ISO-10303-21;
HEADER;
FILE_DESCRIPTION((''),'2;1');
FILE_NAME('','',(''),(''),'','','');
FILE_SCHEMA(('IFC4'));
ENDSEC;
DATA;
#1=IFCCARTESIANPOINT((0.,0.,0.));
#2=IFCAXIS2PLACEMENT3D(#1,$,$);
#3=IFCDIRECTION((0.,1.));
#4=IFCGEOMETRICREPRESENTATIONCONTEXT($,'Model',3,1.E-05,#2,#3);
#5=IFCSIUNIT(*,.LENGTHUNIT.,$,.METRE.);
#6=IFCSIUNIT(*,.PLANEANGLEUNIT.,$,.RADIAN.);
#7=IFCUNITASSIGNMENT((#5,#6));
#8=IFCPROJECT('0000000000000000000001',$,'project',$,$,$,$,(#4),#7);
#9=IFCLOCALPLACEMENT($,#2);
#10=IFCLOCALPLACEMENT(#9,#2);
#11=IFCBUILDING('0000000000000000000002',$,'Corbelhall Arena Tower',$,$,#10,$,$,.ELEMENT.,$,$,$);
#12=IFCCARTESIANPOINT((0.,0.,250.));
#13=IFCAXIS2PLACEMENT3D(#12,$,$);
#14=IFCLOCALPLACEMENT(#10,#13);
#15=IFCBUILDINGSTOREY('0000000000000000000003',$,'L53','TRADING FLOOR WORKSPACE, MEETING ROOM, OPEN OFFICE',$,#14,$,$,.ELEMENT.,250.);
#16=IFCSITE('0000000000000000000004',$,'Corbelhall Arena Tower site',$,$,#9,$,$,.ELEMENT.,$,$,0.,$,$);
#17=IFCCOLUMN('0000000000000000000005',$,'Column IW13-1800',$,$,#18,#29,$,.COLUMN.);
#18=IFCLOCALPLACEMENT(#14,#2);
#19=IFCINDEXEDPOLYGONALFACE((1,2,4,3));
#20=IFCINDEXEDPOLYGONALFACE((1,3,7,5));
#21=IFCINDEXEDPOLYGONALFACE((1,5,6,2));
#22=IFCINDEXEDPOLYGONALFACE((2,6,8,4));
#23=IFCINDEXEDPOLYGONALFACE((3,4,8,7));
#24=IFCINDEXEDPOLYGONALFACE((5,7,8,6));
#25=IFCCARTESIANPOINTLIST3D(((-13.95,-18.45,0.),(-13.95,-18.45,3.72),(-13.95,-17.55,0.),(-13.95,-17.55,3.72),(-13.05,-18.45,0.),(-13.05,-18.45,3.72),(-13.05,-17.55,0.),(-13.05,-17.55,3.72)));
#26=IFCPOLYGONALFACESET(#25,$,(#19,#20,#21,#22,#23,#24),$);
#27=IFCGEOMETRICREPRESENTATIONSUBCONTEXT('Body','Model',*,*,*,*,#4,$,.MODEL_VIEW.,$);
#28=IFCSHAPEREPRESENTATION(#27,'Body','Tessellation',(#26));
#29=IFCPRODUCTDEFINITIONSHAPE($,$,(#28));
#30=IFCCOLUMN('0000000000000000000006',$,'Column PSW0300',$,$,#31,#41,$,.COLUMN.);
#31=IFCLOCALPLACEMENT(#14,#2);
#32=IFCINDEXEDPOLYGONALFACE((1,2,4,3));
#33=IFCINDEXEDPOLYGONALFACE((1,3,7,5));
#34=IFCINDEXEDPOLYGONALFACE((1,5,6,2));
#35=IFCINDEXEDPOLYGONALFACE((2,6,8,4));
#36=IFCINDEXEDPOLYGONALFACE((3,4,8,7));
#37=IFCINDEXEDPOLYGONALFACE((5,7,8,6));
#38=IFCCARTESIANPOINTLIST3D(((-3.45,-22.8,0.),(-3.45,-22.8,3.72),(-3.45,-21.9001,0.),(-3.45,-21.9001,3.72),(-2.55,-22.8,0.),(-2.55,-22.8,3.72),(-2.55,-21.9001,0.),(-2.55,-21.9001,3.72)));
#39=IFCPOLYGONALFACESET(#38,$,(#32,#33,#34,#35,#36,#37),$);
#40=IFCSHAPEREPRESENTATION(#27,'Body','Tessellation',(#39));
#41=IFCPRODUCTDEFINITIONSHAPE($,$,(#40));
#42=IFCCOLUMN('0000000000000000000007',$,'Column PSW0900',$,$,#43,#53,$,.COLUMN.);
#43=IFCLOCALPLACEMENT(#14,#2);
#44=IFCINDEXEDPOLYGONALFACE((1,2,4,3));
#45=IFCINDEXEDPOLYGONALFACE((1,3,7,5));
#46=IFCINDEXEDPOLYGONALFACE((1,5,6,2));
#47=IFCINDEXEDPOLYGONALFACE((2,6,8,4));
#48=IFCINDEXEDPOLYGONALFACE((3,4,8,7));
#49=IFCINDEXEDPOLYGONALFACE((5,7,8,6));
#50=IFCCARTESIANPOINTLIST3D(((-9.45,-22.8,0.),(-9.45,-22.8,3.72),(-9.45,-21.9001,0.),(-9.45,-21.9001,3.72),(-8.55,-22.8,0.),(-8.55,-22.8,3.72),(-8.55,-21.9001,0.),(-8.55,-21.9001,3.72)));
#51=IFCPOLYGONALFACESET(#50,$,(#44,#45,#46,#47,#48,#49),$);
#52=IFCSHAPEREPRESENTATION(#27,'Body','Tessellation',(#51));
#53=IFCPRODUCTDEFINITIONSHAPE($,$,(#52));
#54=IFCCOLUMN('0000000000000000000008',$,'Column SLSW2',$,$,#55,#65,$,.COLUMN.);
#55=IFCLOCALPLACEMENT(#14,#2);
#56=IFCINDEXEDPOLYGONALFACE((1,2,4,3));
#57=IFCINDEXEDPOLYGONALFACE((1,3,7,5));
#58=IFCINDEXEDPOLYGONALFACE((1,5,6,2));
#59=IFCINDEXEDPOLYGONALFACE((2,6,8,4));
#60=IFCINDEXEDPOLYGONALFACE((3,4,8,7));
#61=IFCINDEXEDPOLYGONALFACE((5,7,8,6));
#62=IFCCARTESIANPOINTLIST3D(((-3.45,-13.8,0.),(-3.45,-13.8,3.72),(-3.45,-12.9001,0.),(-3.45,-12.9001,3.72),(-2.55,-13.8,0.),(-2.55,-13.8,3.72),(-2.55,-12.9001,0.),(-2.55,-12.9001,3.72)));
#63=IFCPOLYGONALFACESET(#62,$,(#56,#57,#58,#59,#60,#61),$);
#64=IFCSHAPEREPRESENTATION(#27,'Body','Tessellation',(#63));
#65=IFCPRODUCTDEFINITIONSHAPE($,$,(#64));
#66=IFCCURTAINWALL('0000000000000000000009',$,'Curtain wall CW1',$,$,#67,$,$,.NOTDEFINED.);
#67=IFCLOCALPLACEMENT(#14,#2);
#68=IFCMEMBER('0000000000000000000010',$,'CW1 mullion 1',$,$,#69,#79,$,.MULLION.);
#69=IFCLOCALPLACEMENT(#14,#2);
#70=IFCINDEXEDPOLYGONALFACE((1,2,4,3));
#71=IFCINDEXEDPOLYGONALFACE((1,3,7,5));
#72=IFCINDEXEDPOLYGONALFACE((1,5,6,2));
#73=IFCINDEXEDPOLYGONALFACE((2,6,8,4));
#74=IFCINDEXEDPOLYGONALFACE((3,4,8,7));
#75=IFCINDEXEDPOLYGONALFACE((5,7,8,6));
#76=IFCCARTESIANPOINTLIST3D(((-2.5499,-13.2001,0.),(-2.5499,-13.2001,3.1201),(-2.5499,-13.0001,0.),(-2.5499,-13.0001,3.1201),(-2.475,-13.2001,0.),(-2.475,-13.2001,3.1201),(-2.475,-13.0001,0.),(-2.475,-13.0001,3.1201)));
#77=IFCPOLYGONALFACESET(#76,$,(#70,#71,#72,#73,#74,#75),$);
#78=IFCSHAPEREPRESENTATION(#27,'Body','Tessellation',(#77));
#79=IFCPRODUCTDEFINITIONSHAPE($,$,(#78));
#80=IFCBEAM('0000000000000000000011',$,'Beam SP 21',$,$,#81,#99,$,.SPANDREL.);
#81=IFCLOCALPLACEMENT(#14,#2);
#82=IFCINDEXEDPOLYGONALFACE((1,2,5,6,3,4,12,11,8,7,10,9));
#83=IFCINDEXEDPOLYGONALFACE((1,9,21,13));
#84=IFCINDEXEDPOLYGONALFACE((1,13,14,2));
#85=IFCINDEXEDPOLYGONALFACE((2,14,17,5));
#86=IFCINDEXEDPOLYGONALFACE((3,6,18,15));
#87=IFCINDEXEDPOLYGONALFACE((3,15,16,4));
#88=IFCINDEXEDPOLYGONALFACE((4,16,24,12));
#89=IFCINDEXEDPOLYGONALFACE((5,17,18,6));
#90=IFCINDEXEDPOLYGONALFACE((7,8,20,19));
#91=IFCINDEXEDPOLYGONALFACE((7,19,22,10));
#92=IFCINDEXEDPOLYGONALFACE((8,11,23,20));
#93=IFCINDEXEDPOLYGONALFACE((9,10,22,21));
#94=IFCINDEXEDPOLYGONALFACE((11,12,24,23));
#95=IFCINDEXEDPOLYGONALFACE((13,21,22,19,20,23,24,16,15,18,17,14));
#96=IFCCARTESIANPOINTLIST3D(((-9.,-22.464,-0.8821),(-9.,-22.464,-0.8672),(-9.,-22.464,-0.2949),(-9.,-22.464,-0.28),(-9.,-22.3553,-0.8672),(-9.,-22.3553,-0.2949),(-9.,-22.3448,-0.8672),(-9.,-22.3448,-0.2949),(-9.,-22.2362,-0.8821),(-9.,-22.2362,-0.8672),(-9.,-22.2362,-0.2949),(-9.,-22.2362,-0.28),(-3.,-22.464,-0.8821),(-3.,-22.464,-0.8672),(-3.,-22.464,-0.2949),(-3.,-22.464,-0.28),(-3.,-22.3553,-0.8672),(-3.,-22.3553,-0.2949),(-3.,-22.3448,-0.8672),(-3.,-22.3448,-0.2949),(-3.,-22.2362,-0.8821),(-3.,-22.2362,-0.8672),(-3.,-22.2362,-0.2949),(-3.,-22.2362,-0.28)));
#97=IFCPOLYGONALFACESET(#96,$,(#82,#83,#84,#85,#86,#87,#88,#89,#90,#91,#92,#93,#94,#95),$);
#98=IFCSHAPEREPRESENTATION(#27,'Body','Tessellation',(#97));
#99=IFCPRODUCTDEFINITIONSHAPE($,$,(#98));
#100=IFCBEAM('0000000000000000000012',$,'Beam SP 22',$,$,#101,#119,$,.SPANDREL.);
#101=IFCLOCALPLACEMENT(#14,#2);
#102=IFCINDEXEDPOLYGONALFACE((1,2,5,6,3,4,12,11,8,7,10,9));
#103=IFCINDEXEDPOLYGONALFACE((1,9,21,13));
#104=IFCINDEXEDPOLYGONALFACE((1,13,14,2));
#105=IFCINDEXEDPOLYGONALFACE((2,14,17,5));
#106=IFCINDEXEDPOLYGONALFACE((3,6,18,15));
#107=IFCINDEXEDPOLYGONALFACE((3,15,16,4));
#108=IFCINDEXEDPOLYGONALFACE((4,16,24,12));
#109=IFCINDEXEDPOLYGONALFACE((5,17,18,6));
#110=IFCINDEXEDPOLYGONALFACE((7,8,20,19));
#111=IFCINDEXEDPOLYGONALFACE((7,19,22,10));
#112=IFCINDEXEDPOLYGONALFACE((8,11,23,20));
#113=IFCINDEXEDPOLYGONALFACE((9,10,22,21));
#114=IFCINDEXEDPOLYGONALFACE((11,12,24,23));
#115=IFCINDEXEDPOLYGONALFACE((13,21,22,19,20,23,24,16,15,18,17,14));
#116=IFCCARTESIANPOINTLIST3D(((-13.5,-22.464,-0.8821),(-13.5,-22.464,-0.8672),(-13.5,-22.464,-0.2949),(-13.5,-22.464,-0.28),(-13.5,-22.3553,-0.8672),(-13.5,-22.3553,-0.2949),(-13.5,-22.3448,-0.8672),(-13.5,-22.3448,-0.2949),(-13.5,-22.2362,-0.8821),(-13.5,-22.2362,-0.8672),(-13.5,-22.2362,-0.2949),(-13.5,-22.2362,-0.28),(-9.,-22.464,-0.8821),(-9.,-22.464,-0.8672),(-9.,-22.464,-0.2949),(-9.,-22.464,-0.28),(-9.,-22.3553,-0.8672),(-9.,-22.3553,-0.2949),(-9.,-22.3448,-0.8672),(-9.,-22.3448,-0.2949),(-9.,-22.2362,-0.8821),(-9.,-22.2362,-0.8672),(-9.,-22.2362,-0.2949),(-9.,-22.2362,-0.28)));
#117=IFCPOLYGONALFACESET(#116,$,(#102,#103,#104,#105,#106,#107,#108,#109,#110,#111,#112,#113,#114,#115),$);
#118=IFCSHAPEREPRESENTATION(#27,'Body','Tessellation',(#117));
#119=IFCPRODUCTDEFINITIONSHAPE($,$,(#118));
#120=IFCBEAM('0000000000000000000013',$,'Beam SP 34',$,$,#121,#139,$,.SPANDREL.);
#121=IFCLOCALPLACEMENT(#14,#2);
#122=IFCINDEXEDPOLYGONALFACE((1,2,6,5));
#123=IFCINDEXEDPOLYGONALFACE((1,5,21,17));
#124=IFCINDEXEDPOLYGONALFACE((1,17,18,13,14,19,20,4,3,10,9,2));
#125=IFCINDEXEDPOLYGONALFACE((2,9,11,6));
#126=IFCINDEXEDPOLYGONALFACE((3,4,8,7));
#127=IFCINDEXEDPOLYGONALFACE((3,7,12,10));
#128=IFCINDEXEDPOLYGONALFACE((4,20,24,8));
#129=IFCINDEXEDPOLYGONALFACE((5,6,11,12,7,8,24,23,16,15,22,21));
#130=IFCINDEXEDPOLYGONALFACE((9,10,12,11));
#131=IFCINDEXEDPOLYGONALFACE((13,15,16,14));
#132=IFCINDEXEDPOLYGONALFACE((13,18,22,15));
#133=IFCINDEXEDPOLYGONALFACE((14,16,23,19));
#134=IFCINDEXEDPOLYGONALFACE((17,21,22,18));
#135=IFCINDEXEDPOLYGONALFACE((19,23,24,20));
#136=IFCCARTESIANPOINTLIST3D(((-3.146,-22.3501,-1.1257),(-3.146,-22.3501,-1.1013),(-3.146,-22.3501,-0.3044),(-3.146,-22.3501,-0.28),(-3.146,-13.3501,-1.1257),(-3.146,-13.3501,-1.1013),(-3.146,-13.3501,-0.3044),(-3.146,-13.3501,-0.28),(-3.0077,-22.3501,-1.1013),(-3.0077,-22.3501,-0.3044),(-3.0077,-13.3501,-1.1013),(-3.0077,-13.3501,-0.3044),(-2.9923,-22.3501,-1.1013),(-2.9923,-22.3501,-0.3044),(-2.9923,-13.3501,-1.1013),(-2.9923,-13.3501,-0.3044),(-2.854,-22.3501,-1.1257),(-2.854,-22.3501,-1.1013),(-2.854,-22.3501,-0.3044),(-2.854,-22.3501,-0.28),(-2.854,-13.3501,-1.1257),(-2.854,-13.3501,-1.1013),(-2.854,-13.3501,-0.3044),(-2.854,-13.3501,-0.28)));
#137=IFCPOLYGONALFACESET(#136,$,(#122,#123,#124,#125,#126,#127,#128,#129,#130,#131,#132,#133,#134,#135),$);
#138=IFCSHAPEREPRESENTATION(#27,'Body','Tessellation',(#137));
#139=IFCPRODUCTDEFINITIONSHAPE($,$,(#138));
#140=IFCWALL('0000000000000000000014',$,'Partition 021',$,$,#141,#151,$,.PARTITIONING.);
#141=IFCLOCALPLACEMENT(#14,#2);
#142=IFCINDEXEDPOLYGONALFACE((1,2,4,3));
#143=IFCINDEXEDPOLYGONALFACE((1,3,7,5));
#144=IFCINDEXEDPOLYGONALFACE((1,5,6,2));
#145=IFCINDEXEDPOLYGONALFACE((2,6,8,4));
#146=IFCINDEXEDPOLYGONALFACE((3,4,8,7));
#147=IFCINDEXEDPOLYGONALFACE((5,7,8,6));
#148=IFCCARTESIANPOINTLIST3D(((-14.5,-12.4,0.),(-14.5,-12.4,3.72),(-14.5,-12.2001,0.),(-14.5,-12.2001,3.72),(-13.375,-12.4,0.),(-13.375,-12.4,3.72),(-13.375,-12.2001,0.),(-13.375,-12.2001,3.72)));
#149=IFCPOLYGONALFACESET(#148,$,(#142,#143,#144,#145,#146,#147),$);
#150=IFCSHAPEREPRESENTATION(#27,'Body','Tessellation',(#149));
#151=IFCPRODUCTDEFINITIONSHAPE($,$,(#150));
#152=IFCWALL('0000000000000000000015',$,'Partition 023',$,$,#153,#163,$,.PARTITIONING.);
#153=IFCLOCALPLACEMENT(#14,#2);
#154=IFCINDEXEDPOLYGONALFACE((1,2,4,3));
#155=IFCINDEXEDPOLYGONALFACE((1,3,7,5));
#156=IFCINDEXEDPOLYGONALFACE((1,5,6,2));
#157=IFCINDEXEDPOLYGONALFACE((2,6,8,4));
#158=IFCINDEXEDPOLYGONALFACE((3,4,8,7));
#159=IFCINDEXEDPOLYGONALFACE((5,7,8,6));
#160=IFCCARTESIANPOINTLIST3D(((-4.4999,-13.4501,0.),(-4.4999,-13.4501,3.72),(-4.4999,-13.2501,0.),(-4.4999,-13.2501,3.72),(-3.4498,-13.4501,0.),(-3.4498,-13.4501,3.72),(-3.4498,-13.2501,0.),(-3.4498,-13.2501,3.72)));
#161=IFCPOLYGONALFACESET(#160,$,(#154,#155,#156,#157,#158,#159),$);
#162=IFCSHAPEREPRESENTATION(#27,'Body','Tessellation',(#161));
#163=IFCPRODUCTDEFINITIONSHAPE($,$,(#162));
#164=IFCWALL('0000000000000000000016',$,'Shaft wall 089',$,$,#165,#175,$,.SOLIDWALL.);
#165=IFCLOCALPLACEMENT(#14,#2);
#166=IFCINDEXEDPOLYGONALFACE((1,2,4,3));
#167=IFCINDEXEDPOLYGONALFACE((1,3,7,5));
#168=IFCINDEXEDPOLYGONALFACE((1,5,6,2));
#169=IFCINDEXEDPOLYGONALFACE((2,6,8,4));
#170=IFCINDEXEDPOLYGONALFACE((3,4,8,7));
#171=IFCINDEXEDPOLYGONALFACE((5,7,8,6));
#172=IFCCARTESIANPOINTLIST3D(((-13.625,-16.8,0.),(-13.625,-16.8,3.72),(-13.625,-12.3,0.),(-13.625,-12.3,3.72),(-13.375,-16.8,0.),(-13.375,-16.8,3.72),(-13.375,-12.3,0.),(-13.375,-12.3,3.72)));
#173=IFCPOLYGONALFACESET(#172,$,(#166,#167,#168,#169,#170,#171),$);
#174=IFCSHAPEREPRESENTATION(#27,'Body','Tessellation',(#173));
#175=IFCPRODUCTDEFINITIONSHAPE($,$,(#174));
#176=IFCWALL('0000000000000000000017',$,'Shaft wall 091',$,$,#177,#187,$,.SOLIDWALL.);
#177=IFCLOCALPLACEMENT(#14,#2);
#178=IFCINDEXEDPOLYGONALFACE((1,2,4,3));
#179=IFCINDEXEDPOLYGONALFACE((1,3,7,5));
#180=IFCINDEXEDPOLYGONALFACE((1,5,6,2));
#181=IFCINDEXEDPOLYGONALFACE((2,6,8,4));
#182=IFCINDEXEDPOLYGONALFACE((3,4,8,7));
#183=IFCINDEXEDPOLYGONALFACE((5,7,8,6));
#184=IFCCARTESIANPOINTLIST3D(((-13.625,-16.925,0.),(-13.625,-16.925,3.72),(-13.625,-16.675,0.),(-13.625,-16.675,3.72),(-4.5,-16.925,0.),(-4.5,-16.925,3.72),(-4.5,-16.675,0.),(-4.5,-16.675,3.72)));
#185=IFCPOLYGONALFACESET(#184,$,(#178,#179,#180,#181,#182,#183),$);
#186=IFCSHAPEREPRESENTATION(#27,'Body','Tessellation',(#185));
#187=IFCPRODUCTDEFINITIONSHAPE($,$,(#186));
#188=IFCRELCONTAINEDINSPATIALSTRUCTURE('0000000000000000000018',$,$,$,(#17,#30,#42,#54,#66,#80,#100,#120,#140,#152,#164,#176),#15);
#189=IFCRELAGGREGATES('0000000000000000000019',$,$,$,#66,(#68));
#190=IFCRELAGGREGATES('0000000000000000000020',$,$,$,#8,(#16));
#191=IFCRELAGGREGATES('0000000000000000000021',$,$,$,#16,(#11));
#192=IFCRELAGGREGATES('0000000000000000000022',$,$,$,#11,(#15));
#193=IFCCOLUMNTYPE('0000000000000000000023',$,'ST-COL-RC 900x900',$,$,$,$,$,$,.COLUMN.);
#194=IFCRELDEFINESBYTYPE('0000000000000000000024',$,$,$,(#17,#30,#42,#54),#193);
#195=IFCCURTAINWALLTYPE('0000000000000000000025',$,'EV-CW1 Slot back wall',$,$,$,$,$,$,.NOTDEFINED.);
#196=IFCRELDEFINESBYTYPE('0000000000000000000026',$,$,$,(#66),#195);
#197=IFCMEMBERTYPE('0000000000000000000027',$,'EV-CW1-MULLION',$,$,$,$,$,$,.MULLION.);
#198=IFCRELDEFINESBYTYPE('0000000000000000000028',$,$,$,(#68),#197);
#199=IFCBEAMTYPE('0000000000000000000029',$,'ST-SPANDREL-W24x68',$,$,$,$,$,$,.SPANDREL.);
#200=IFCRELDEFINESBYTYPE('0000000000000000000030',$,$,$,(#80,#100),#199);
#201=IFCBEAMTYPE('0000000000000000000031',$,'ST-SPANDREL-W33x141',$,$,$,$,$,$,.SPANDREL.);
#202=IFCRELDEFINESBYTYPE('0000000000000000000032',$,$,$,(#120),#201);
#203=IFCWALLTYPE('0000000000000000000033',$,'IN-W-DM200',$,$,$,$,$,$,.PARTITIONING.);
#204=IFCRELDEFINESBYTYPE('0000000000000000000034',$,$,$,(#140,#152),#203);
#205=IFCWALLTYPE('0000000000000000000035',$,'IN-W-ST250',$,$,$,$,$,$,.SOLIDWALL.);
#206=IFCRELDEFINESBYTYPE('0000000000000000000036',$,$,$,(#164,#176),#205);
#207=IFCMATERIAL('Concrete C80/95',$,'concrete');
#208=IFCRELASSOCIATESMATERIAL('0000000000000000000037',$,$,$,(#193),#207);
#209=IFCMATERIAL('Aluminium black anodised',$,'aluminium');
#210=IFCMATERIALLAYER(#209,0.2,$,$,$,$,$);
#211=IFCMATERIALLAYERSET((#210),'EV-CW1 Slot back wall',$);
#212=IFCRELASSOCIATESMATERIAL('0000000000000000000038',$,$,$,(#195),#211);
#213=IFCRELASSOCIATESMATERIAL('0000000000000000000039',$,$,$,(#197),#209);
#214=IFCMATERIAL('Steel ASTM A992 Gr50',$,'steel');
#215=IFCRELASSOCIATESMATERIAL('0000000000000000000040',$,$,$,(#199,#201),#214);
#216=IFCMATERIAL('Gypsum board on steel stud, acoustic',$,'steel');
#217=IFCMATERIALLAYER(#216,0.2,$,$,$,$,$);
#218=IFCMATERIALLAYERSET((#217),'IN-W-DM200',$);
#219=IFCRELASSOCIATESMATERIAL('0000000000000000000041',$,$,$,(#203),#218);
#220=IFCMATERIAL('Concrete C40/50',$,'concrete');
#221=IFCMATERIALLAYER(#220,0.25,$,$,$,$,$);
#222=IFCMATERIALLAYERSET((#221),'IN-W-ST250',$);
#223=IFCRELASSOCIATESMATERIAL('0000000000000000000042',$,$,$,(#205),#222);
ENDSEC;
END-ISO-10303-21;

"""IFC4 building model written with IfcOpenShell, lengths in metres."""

from ifc_helpers import new_model, si_unit, direction, frame, frame_2d, origin, origin_2d, place, context, subcontext, project, spatial, rectangle, i_section, extrude, material, layer, layer_set, material_profile, profile_set, type_object, element, aggregate, save


model = new_model("IFC4")

# Units and contexts
model_context = context("Model", 3, precision=1e-05, world=origin(), true_north=direction((0.0, 1.0)))
body_context = subcontext(model_context, "Body", "Model", "MODEL_VIEW")
ifc_project = project(units=[si_unit("LENGTHUNIT", "METRE"), si_unit("PLANEANGLEUNIT", "RADIAN")], contexts=[model_context])

# Site, building, storey
site_placement = place(None, origin())
site = spatial("IfcSite", under=ifc_project, at=site_placement, Name="Corbelhall Arena Tower site", CompositionType="ELEMENT", RefElevation=0.0)
building_placement = place(site_placement, origin())
building = spatial("IfcBuilding", under=site, at=building_placement, Name="Corbelhall Arena Tower", CompositionType="ELEMENT")
storey_placement = place(building_placement, frame((0.0, 0.0, 250.0)))
storey = spatial("IfcBuildingStorey", under=building, at=storey_placement, Name="L53", Description="TRADING FLOOR WORKSPACE, MEETING ROOM, OPEN OFFICE", CompositionType="ELEMENT", Elevation=250.0)

# Columns
ifc_material_1 = material(Name="Concrete C80/95", Category="concrete")
ifc_material_profile_1 = material_profile(ifc_material_1, rectangle(XDim=0.8999, YDim=0.8999, at=origin_2d()))
ifc_profile_set_1 = profile_set([ifc_material_profile_1], Name="Concrete C80/95")
column_type = type_object("IfcColumnType", Name="ST-COL-RC 900x900", PredefinedType="COLUMN", material=ifc_profile_set_1)
for number, where, z_axis, x_axis, name in (
    (1, (-13.5, -18.0, 0.0), (0.0, 0.0, 1.0), (1.0, 0.0, 0.0), "Column IW13-1800"),
    (2, (-3.0, -22.3501, 0.0), (0.0, 0.0, 1.0), (1.0, 0.0, 0.0), "Column PSW0300"),
    (3, (-9.0, -22.3501, 0.0), (0.0, 0.0, 1.0), (1.0, 0.0, 0.0), "Column PSW0900"),
    (4, (-3.0, -13.3501, 0.0), (0.0, 0.0, 1.0), (1.0, 0.0, 0.0), "Column SLSW2"),
):
    element("IfcColumn", number, at=place(storey_placement, frame(where, z_axis=z_axis, x_axis=x_axis)), inside=storey, type_object=column_type, Name=name, PredefinedType="COLUMN", context=body_context, shape_type="SweptSolid", body=[
        extrude(rectangle(XDim=0.8999, YDim=0.8999, at=origin_2d()), origin(), (0.0, 0.0, 1.0), 3.72),
    ])

# Curtain wall, member
ifc_material_2 = material(Name="Aluminium black anodised", Category="aluminium")
ifc_layer_1 = layer(ifc_material_2, 0.2)
ifc_layer_set_1 = layer_set([ifc_layer_1], Name="EV-CW1 Slot back wall")
curtain_wall_type = type_object("IfcCurtainWallType", Name="EV-CW1 Slot back wall", PredefinedType="NOTDEFINED", material=ifc_layer_set_1)
curtain_wall_placement = place(storey_placement, origin())
curtain_wall = element("IfcCurtainWall", 5, at=curtain_wall_placement, inside=storey, type_object=curtain_wall_type, Name="Curtain wall CW1", PredefinedType="NOTDEFINED")
ifc_material_profile_2 = material_profile(ifc_material_2, rectangle(XDim=0.2, YDim=0.075, at=origin_2d()))
ifc_profile_set_2 = profile_set([ifc_material_profile_2], Name="Aluminium black anodised")
member_type = type_object("IfcMemberType", Name="EV-CW1-MULLION", PredefinedType="MULLION", material=ifc_profile_set_2)
member_placement = place(storey_placement, frame((-2.5125, -13.1001, 0.0), z_axis=(0.0, 0.0, 1.0), x_axis=(0.0, 1.0, 0.0)))
member = element("IfcMember", 6, at=member_placement, type_object=member_type, Name="CW1 mullion 1", PredefinedType="MULLION", context=body_context, shape_type="SweptSolid", body=[
    extrude(rectangle(XDim=0.2, YDim=0.075, at=origin_2d()), origin(), (0.0, 0.0, 1.0), 3.1201),
])
aggregate(curtain_wall, [member])

# Beams
ifc_material_3 = material(Name="Steel ASTM A992 Gr50", Category="steel")
ifc_material_profile_3 = material_profile(ifc_material_3, i_section(OverallWidth=0.2278, OverallDepth=0.6021, WebThickness=0.0105, FlangeThickness=0.0149, at=origin_2d()))
ifc_profile_set_3 = profile_set([ifc_material_profile_3], Name="Steel ASTM A992 Gr50")
beam_type_1 = type_object("IfcBeamType", Name="ST-SPANDREL-W24x68", PredefinedType="SPANDREL", material=ifc_profile_set_3)
beam_1_placement = place(storey_placement, frame((-3.0, -22.3501, -0.5811), z_axis=(-1.0, 0.0, 0.0), x_axis=(0.0, -1.0, 0.0)))
element("IfcBeam", 7, at=beam_1_placement, inside=storey, type_object=beam_type_1, Name="Beam SP 21", PredefinedType="SPANDREL", context=body_context, shape_type="SweptSolid", body=[
    extrude(i_section(OverallWidth=0.2278, OverallDepth=0.6021, WebThickness=0.0105, FlangeThickness=0.0149, at=origin_2d()), origin(), (0.0, 0.0, 1.0), 6.0),
])
beam_2_placement = place(storey_placement, frame((-9.0, -22.3501, -0.5811), z_axis=(-1.0, 0.0, 0.0), x_axis=(0.0, -1.0, 0.0)))
element("IfcBeam", 8, at=beam_2_placement, inside=storey, type_object=beam_type_1, Name="Beam SP 22", PredefinedType="SPANDREL", context=body_context, shape_type="SweptSolid", body=[
    extrude(i_section(OverallWidth=0.2278, OverallDepth=0.6021, WebThickness=0.0105, FlangeThickness=0.0149, at=origin_2d()), origin(), (0.0, 0.0, 1.0), 4.5),
])
ifc_material_profile_4 = material_profile(ifc_material_3, i_section(OverallWidth=0.292, OverallDepth=0.8457, WebThickness=0.0154, FlangeThickness=0.0244, at=origin_2d()))
ifc_profile_set_4 = profile_set([ifc_material_profile_4], Name="Steel ASTM A992 Gr50")
beam_type_2 = type_object("IfcBeamType", Name="ST-SPANDREL-W33x141", PredefinedType="SPANDREL", material=ifc_profile_set_4)
beam_3_placement = place(storey_placement, frame((-3.0, -13.3501, -0.7029), z_axis=(0.0, -1.0, 0.0), x_axis=(1.0, 0.0, 0.0)))
element("IfcBeam", 9, at=beam_3_placement, inside=storey, type_object=beam_type_2, Name="Beam SP 34", PredefinedType="SPANDREL", context=body_context, shape_type="SweptSolid", body=[
    extrude(i_section(OverallWidth=0.292, OverallDepth=0.8457, WebThickness=0.0154, FlangeThickness=0.0244, at=origin_2d()), origin(), (0.0, 0.0, 1.0), 9.0),
])

# Walls
ifc_material_4 = material(Name="Gypsum board on steel stud, acoustic", Category="steel")
ifc_layer_2 = layer(ifc_material_4, 0.2)
ifc_layer_set_2 = layer_set([ifc_layer_2], Name="IN-W-DM200")
wall_type_1 = type_object("IfcWallType", Name="IN-W-DM200", PredefinedType="PARTITIONING", material=ifc_layer_set_2)
wall_1_placement = place(storey_placement, frame((-13.375, -12.3, 0.0), z_axis=(0.0, 0.0, 1.0), x_axis=(-1.0, 0.0, 0.0)))
element("IfcWall", 10, at=wall_1_placement, inside=storey, type_object=wall_type_1, Name="Partition 021", PredefinedType="PARTITIONING", context=body_context, shape_type="SweptSolid", body=[
    extrude(rectangle(XDim=1.125, YDim=0.2, at=frame_2d((0.5625, 0.0))), origin(), (0.0, 0.0, 1.0), 3.72),
])
wall_2_placement = place(storey_placement, frame((-3.45, -13.3501, 0.0), z_axis=(0.0, 0.0, 1.0), x_axis=(-1.0, 0.0, 0.0)))
element("IfcWall", 11, at=wall_2_placement, inside=storey, type_object=wall_type_1, Name="Partition 023", PredefinedType="PARTITIONING", context=body_context, shape_type="SweptSolid", body=[
    extrude(rectangle(XDim=1.05, YDim=0.2, at=frame_2d((0.5249, 0.0))), origin(), (0.0, 0.0, 1.0), 3.72),
])
ifc_material_5 = material(Name="Concrete C40/50", Category="concrete")
ifc_layer_3 = layer(ifc_material_5, 0.25)
ifc_layer_set_3 = layer_set([ifc_layer_3], Name="IN-W-ST250")
wall_type_2 = type_object("IfcWallType", Name="IN-W-ST250", PredefinedType="SOLIDWALL", material=ifc_layer_set_3)
wall_3_placement = place(storey_placement, frame((-13.5, -16.8, 0.0), z_axis=(0.0, 0.0, 1.0), x_axis=(0.0, 1.0, 0.0)))
element("IfcWall", 12, at=wall_3_placement, inside=storey, type_object=wall_type_2, Name="Shaft wall 089", PredefinedType="SOLIDWALL", context=body_context, shape_type="SweptSolid", body=[
    extrude(rectangle(XDim=4.5, YDim=0.25, at=frame_2d((2.25, 0.0))), origin(), (0.0, 0.0, 1.0), 3.72),
])
wall_4_placement = place(storey_placement, frame((-4.5, -16.8, 0.0), z_axis=(0.0, 0.0, 1.0), x_axis=(-1.0, 0.0, 0.0)))
element("IfcWall", 13, at=wall_4_placement, inside=storey, type_object=wall_type_2, Name="Shaft wall 091", PredefinedType="SOLIDWALL", context=body_context, shape_type="SweptSolid", body=[
    extrude(rectangle(XDim=9.125, YDim=0.25, at=frame_2d((4.5625, 0.0))), origin(), (0.0, 0.0, 1.0), 3.72),
])

save(model, "model.ifc")
